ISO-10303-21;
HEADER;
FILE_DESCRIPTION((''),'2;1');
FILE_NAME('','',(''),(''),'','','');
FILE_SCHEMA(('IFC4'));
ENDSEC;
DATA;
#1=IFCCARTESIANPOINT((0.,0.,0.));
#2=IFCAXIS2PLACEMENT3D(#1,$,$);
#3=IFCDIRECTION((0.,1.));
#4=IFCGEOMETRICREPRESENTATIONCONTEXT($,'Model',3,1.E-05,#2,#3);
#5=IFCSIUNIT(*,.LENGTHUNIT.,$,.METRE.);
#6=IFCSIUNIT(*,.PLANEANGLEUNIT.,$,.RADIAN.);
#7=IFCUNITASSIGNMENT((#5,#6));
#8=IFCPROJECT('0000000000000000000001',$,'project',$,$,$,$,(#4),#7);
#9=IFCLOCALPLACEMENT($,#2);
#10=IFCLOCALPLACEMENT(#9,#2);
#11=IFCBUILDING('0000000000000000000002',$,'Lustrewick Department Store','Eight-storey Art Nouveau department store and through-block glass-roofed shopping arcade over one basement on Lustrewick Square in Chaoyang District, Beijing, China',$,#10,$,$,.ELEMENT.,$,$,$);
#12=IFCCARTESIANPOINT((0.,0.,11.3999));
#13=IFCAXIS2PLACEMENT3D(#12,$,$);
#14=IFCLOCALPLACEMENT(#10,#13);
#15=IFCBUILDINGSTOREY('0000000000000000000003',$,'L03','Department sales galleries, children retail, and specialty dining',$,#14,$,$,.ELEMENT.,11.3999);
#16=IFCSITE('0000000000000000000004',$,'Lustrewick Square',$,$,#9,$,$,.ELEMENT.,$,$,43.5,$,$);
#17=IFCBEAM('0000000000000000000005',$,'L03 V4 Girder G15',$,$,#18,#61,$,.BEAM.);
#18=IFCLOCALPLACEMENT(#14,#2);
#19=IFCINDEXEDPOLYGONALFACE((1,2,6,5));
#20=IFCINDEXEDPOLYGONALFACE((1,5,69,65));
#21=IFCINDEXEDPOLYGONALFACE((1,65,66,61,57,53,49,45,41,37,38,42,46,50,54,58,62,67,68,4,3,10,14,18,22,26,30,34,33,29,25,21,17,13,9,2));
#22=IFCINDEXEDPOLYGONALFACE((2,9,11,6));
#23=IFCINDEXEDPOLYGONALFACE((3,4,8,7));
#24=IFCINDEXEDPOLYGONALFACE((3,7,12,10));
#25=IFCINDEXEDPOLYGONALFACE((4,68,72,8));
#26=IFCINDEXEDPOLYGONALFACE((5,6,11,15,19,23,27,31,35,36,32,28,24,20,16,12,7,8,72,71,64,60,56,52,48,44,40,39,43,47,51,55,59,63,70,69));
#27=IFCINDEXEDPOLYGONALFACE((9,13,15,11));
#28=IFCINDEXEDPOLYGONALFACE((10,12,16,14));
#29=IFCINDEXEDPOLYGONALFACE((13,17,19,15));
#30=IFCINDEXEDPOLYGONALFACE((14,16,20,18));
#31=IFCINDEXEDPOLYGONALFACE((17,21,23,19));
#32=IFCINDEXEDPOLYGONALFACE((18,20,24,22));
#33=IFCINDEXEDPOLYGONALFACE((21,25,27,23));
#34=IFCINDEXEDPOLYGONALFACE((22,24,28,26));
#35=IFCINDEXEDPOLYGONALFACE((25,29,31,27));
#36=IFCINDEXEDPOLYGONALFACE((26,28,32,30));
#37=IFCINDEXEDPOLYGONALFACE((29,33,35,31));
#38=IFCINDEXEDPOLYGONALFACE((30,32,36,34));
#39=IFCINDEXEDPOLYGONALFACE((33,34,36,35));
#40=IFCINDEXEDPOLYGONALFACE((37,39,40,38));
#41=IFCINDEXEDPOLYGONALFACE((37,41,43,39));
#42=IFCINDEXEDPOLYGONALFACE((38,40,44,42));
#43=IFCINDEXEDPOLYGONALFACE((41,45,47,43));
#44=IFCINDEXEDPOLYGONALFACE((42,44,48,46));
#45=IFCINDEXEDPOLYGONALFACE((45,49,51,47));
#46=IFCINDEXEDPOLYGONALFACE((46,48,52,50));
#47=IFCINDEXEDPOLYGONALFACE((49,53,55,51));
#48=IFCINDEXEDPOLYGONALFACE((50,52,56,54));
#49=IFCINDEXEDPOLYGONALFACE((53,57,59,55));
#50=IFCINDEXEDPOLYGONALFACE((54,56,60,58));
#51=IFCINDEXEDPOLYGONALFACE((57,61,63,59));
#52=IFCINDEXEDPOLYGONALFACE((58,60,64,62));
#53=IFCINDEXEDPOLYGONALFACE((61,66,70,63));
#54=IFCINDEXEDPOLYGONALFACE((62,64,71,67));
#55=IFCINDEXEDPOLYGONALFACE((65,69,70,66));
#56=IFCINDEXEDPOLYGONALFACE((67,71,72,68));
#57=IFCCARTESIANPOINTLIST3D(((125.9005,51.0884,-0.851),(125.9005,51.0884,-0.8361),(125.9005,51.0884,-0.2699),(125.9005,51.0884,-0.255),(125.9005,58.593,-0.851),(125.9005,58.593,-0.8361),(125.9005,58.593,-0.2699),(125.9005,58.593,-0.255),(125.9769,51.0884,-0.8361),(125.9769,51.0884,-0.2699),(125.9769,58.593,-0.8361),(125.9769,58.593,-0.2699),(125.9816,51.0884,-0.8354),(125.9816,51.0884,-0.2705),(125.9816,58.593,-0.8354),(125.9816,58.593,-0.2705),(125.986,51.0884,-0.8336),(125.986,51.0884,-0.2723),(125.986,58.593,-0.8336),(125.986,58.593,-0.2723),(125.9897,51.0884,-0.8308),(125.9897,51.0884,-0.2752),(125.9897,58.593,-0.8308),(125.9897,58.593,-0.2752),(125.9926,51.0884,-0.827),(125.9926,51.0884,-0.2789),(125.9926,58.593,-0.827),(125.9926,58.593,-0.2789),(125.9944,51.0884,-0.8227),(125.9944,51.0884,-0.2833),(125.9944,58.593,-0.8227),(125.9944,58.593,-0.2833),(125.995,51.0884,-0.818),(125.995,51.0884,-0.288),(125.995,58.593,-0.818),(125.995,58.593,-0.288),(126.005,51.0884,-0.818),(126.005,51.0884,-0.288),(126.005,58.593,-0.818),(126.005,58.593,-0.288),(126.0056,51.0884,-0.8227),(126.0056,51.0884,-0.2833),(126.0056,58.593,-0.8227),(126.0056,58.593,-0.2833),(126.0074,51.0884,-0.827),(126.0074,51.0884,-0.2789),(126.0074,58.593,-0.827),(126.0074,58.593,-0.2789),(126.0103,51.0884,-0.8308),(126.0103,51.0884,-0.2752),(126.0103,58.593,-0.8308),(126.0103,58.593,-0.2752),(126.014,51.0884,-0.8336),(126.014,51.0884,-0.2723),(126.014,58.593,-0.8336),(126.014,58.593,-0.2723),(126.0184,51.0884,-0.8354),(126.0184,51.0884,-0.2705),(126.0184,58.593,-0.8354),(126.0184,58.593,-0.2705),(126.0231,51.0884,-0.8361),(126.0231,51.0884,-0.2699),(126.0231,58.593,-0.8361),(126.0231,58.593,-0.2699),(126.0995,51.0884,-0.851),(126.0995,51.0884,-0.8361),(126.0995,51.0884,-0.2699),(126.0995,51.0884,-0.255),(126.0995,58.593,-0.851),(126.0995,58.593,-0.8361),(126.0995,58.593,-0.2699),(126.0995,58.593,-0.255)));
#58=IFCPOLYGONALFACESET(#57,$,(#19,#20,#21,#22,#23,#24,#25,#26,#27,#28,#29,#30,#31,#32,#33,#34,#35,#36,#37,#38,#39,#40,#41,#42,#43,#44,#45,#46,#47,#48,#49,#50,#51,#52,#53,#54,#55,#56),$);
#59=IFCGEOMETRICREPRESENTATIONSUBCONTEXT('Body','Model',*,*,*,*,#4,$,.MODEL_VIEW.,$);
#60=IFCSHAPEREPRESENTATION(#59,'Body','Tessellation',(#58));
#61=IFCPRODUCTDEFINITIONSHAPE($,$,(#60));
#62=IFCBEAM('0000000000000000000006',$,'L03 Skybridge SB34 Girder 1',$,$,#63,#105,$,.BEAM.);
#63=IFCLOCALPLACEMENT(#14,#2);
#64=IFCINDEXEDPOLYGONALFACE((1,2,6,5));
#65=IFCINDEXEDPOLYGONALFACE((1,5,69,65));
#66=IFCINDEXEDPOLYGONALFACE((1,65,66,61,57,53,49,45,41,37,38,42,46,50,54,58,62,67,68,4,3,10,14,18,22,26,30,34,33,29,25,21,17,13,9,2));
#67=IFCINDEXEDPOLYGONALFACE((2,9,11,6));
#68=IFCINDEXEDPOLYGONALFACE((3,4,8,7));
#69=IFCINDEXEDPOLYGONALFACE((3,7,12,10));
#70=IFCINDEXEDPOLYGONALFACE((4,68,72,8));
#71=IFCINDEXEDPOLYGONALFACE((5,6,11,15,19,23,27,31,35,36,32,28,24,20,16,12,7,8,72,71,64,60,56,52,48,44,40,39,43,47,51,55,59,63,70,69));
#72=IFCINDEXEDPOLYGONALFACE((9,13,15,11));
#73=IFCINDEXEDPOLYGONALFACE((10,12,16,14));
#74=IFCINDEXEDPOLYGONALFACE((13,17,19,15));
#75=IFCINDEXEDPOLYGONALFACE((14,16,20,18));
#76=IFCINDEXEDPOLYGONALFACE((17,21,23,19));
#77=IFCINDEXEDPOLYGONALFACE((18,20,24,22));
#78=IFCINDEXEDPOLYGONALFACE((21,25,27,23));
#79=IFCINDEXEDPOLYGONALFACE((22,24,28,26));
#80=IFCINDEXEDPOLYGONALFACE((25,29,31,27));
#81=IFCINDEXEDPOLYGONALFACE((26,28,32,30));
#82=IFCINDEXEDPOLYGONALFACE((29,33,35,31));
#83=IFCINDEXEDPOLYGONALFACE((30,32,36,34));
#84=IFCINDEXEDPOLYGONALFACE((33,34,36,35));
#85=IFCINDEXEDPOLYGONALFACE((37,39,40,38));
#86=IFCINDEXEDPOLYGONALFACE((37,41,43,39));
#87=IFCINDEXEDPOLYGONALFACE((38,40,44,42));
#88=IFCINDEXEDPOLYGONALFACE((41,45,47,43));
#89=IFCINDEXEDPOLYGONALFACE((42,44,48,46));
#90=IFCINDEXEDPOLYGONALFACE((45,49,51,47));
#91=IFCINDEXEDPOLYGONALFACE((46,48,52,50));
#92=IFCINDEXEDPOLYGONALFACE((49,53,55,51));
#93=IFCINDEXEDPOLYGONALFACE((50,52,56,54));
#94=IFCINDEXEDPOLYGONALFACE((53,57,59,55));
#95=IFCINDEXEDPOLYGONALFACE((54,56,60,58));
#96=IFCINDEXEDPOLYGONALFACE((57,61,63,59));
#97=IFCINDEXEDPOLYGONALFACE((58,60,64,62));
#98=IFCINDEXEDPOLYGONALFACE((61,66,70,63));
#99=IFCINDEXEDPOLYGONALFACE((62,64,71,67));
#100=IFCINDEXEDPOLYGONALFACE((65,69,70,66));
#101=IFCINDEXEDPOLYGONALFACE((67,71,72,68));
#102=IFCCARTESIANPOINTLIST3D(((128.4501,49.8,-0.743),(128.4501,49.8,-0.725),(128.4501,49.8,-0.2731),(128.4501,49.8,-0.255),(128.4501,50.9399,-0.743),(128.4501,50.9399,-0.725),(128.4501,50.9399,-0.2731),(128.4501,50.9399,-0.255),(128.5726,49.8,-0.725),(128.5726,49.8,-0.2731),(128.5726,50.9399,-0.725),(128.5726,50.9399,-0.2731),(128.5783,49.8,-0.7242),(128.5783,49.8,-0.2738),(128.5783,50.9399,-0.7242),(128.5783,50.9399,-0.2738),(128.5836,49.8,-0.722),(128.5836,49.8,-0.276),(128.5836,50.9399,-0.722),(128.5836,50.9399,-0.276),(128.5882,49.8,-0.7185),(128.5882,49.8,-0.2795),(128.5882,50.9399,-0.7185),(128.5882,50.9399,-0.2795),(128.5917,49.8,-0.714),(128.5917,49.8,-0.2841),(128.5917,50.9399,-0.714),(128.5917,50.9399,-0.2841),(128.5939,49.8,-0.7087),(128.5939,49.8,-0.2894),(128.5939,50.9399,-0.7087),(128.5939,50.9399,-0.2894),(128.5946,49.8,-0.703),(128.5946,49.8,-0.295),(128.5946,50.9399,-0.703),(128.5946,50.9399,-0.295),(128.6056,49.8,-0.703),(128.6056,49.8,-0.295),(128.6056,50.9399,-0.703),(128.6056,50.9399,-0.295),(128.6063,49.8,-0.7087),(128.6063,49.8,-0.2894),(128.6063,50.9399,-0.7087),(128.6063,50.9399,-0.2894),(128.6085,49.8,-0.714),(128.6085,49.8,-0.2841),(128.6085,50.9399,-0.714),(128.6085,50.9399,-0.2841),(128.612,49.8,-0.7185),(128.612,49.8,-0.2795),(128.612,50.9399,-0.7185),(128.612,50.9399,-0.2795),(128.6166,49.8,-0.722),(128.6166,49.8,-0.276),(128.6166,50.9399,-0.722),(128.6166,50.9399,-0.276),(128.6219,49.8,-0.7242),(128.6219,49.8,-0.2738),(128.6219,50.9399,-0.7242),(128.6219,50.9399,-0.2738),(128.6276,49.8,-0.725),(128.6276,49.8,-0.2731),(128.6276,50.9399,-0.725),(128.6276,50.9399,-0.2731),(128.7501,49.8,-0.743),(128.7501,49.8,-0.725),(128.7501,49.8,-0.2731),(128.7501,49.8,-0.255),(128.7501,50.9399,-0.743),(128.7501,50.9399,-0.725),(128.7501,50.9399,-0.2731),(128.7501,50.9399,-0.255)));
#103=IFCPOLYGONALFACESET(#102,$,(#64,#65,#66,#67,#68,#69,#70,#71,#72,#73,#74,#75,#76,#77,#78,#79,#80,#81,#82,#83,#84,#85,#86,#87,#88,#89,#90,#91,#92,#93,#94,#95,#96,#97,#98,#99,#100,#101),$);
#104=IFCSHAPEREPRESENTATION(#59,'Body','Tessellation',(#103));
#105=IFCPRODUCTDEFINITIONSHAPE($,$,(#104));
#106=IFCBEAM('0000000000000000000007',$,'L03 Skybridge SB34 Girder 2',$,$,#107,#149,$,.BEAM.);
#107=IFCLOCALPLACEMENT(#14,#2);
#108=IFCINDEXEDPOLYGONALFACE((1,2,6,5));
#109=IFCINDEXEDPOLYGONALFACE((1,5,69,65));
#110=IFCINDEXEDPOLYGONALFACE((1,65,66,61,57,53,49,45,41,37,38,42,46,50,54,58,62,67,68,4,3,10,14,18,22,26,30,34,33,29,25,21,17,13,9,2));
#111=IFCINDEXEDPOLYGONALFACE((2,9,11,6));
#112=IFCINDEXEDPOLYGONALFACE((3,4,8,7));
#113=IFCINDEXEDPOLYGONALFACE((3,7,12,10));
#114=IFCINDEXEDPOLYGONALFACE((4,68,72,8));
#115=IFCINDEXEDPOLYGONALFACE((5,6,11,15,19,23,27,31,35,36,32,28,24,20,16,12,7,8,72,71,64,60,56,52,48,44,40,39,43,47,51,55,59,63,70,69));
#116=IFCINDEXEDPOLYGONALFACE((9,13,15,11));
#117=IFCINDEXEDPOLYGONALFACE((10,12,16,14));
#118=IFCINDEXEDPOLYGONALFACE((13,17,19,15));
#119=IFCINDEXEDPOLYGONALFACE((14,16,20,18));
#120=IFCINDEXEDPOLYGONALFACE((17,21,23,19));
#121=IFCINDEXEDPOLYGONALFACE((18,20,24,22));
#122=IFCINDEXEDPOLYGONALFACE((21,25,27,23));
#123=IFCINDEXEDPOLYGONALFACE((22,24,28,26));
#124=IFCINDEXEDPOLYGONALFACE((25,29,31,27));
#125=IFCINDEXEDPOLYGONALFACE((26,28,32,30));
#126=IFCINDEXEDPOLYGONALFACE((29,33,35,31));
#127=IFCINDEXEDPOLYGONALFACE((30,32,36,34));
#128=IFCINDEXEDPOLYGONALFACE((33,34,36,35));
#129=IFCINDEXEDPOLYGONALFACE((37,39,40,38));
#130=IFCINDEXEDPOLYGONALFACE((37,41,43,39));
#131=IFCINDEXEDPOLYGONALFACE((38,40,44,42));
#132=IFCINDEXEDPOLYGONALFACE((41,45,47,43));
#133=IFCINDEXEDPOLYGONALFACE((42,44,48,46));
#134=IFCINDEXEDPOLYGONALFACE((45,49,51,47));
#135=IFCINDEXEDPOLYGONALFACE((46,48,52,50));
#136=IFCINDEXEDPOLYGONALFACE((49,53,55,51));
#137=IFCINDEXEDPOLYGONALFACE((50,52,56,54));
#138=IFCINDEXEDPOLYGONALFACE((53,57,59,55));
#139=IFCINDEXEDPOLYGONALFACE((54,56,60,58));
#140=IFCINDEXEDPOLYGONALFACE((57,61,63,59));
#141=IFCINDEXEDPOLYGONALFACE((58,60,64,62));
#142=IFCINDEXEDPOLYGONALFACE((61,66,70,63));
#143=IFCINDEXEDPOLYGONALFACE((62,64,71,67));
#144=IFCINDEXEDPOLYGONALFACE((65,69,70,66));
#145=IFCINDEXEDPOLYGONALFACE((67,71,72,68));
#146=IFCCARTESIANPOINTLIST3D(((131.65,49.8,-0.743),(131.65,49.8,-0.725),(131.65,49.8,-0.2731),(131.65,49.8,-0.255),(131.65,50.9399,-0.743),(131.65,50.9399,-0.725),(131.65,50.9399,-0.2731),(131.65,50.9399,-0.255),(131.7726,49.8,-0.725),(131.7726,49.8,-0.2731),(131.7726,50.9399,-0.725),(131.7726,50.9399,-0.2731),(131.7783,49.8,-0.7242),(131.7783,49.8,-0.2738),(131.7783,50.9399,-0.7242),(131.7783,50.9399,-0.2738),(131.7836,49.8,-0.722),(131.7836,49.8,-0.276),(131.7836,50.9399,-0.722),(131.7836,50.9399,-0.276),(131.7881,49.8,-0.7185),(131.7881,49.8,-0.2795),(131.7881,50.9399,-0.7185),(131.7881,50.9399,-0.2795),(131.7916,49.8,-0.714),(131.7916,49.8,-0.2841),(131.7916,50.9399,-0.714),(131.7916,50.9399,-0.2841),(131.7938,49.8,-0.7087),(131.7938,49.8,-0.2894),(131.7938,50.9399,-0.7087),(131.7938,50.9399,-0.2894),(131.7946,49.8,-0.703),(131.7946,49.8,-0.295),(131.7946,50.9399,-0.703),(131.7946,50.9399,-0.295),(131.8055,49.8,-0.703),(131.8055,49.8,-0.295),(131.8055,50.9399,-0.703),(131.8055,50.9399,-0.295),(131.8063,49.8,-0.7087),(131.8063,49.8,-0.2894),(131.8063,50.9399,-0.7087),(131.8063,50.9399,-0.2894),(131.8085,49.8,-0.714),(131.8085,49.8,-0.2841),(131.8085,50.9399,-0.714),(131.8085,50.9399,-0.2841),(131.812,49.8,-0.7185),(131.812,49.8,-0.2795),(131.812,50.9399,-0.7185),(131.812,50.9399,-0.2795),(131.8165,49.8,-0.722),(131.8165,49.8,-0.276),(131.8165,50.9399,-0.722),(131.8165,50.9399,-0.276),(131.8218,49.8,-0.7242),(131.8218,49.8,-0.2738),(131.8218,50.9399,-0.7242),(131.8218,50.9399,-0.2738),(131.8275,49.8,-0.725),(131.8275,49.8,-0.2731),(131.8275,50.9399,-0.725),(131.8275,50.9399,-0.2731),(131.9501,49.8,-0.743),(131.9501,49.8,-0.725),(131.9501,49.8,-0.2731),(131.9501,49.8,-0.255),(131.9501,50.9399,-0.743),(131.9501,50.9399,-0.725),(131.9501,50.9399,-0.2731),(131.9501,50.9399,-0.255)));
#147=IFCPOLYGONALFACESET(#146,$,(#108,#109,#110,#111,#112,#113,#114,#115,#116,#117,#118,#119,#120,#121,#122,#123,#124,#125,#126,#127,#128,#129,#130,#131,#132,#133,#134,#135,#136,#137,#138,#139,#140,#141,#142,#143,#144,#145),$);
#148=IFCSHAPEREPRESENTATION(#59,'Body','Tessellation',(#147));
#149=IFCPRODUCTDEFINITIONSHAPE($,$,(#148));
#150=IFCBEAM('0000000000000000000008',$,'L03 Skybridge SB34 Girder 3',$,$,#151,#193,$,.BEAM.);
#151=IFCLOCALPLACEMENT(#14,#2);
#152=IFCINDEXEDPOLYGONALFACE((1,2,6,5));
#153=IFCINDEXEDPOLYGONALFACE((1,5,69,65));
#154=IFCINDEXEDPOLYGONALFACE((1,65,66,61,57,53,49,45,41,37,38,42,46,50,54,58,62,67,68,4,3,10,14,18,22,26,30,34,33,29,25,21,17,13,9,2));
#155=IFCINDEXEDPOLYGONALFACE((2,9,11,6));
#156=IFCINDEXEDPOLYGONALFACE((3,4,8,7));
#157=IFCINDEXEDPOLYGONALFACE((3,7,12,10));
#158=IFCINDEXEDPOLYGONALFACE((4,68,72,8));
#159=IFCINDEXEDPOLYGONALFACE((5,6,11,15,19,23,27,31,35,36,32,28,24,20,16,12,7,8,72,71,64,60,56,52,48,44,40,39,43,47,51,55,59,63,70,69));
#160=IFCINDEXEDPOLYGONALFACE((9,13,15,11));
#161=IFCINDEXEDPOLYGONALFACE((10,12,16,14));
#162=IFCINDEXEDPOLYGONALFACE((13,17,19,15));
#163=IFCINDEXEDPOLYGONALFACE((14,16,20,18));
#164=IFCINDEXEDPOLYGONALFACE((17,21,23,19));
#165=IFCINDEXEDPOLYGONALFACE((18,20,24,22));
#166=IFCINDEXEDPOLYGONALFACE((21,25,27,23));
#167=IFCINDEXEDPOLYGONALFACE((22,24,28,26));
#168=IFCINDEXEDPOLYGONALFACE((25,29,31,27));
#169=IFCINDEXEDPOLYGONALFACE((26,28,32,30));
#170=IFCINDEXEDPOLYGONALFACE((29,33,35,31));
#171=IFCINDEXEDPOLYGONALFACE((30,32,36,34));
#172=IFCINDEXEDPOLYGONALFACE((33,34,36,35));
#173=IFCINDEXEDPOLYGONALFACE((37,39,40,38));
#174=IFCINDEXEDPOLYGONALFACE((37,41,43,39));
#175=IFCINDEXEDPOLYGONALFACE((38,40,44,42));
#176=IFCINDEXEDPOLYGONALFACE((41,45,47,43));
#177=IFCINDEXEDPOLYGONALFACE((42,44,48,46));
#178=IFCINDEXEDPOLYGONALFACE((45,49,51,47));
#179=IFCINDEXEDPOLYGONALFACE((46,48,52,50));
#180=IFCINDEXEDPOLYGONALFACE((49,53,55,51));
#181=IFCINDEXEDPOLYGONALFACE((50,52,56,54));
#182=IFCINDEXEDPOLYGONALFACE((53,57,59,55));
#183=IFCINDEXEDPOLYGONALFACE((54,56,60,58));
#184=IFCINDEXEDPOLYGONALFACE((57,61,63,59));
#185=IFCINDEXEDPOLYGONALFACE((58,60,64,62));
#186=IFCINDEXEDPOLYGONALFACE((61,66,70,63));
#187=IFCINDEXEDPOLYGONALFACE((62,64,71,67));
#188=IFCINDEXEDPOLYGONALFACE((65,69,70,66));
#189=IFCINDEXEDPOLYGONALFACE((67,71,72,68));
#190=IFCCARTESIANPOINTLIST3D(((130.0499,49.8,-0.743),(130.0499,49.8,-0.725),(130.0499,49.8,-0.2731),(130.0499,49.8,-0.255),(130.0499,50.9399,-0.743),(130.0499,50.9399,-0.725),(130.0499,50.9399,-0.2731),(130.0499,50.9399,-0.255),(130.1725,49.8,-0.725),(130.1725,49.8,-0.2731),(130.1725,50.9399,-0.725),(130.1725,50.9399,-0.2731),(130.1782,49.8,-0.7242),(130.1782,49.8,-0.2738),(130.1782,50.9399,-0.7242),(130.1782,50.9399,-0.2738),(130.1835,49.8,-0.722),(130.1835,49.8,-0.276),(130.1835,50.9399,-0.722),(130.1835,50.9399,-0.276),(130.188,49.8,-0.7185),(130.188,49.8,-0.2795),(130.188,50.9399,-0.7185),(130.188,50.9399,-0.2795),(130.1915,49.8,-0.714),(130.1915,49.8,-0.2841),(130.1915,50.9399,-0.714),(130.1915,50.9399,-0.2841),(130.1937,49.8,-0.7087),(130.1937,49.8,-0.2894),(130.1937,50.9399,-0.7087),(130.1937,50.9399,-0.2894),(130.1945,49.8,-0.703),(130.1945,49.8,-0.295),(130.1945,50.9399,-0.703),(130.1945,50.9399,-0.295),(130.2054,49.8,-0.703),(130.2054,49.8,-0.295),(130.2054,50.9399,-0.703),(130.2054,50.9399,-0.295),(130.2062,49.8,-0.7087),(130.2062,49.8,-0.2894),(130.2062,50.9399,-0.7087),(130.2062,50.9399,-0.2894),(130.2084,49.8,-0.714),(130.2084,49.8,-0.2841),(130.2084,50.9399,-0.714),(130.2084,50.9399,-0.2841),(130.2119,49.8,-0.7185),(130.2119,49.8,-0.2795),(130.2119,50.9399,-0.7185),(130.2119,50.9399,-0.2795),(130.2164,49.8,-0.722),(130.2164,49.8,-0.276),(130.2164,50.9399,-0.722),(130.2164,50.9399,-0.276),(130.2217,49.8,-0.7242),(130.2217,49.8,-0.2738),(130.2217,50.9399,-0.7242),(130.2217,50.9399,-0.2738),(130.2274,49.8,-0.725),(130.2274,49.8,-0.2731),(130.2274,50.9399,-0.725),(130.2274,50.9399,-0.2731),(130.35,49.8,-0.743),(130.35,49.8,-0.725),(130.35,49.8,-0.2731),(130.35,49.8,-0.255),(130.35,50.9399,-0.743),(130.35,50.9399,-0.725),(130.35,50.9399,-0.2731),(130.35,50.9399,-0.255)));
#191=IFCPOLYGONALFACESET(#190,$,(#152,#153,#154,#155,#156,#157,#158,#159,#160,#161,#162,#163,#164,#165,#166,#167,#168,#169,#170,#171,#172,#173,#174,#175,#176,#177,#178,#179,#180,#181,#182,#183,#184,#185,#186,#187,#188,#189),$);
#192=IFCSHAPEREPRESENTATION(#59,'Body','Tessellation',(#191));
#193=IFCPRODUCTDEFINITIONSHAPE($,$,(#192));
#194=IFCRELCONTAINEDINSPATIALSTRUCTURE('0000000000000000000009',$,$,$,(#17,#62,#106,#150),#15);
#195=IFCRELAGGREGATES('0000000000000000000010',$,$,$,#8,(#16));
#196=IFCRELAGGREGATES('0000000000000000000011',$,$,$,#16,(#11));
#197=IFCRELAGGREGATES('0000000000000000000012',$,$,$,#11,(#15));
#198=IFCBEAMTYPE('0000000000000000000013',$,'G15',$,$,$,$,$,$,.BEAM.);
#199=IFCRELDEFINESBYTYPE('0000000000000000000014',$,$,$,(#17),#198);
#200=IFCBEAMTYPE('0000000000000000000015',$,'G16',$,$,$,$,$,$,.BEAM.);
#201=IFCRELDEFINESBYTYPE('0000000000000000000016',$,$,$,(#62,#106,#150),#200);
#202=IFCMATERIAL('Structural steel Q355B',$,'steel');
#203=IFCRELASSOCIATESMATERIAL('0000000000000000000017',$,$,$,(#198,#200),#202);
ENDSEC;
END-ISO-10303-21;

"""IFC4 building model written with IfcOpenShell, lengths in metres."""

from ifc_helpers import new_model, si_unit, direction, frame, origin, origin_2d, place, context, subcontext, project, spatial, i_section, extrude, material, material_profile, profile_set, type_object, element, save


model = new_model("IFC4")

# Units and contexts
model_context = context("Model", 3, precision=1e-05, world=origin(), true_north=direction((0.0, 1.0)))
body_context = subcontext(model_context, "Body", "Model", "MODEL_VIEW")
ifc_project = project(units=[si_unit("LENGTHUNIT", "METRE"), si_unit("PLANEANGLEUNIT", "RADIAN")], contexts=[model_context])

# Site, building, storey
site_placement = place(None, origin())
site = spatial("IfcSite", under=ifc_project, at=site_placement, Name="Lustrewick Square", CompositionType="ELEMENT", RefElevation=43.5)
building_placement = place(site_placement, origin())
building = spatial("IfcBuilding", under=site, at=building_placement, Name="Lustrewick Department Store", Description="Eight-storey Art Nouveau department store and through-block glass-roofed shopping arcade over one basement on Lustrewick Square in Chaoyang District, Beijing, China", CompositionType="ELEMENT")
storey_placement = place(building_placement, frame((0.0, 0.0, 11.3999)))
storey = spatial("IfcBuildingStorey", under=building, at=storey_placement, Name="L03", Description="Department sales galleries, children retail, and specialty dining", CompositionType="ELEMENT", Elevation=11.3999)

# Shared definitions
ifc_material_1 = material(Name="Structural steel Q355B", Category="steel")

# Beams
ifc_material_profile_1 = material_profile(ifc_material_1, i_section(OverallWidth=0.199, OverallDepth=0.5959, WebThickness=0.01, FlangeThickness=0.0149, FilletRadius=0.0181, at=origin_2d()), Name="HN 596x199x10x15")
ifc_profile_set_1 = profile_set([ifc_material_profile_1], Name="Structural steel Q355B")
beam_type_1 = type_object("IfcBeamType", Name="G15", PredefinedType="BEAM", material=ifc_profile_set_1)
beam_1_placement = place(storey_placement, frame((126.0, 51.0884, -0.553), z_axis=(0.0, 1.0, 0.0), x_axis=(-1.0, 0.0, 0.0)))
element("IfcBeam", 1, at=beam_1_placement, inside=storey, type_object=beam_type_1, Name="L03 V4 Girder G15", PredefinedType="BEAM", context=body_context, shape_type="SweptSolid", body=[
    extrude(i_section(OverallWidth=0.199, OverallDepth=0.5959, WebThickness=0.01, FlangeThickness=0.0149, FilletRadius=0.0181, at=origin_2d()), origin(), (0.0, 0.0, 1.0), 7.5046),
])
ifc_material_profile_2 = material_profile(ifc_material_1, i_section(OverallWidth=0.3, OverallDepth=0.488, WebThickness=0.011, FlangeThickness=0.0181, FilletRadius=0.022, at=origin_2d()), Name="HM 488x300x11x18")
ifc_profile_set_2 = profile_set([ifc_material_profile_2], Name="Structural steel Q355B")
beam_type_2 = type_object("IfcBeamType", Name="G16", PredefinedType="BEAM", material=ifc_profile_set_2)
for number, where, z_axis, x_axis, name in (
    (2, (128.6001, 49.8, -0.499), (0.0, 1.0, 0.0), (-1.0, 0.0, 0.0), "L03 Skybridge SB34 Girder 1"),
    (3, (131.8, 49.8, -0.499), (0.0, 1.0, 0.0), (-1.0, 0.0, 0.0), "L03 Skybridge SB34 Girder 2"),
    (4, (130.2, 49.8, -0.499), (0.0, 1.0, 0.0), (-1.0, 0.0, 0.0), "L03 Skybridge SB34 Girder 3"),
):
    element("IfcBeam", number, at=place(storey_placement, frame(where, z_axis=z_axis, x_axis=x_axis)), inside=storey, type_object=beam_type_2, Name=name, PredefinedType="BEAM", context=body_context, shape_type="SweptSolid", body=[
        extrude(i_section(OverallWidth=0.3, OverallDepth=0.488, WebThickness=0.011, FlangeThickness=0.0181, FilletRadius=0.022, at=origin_2d()), origin(), (0.0, 0.0, 1.0), 1.1399),
    ])

save(model, "model.ifc")
